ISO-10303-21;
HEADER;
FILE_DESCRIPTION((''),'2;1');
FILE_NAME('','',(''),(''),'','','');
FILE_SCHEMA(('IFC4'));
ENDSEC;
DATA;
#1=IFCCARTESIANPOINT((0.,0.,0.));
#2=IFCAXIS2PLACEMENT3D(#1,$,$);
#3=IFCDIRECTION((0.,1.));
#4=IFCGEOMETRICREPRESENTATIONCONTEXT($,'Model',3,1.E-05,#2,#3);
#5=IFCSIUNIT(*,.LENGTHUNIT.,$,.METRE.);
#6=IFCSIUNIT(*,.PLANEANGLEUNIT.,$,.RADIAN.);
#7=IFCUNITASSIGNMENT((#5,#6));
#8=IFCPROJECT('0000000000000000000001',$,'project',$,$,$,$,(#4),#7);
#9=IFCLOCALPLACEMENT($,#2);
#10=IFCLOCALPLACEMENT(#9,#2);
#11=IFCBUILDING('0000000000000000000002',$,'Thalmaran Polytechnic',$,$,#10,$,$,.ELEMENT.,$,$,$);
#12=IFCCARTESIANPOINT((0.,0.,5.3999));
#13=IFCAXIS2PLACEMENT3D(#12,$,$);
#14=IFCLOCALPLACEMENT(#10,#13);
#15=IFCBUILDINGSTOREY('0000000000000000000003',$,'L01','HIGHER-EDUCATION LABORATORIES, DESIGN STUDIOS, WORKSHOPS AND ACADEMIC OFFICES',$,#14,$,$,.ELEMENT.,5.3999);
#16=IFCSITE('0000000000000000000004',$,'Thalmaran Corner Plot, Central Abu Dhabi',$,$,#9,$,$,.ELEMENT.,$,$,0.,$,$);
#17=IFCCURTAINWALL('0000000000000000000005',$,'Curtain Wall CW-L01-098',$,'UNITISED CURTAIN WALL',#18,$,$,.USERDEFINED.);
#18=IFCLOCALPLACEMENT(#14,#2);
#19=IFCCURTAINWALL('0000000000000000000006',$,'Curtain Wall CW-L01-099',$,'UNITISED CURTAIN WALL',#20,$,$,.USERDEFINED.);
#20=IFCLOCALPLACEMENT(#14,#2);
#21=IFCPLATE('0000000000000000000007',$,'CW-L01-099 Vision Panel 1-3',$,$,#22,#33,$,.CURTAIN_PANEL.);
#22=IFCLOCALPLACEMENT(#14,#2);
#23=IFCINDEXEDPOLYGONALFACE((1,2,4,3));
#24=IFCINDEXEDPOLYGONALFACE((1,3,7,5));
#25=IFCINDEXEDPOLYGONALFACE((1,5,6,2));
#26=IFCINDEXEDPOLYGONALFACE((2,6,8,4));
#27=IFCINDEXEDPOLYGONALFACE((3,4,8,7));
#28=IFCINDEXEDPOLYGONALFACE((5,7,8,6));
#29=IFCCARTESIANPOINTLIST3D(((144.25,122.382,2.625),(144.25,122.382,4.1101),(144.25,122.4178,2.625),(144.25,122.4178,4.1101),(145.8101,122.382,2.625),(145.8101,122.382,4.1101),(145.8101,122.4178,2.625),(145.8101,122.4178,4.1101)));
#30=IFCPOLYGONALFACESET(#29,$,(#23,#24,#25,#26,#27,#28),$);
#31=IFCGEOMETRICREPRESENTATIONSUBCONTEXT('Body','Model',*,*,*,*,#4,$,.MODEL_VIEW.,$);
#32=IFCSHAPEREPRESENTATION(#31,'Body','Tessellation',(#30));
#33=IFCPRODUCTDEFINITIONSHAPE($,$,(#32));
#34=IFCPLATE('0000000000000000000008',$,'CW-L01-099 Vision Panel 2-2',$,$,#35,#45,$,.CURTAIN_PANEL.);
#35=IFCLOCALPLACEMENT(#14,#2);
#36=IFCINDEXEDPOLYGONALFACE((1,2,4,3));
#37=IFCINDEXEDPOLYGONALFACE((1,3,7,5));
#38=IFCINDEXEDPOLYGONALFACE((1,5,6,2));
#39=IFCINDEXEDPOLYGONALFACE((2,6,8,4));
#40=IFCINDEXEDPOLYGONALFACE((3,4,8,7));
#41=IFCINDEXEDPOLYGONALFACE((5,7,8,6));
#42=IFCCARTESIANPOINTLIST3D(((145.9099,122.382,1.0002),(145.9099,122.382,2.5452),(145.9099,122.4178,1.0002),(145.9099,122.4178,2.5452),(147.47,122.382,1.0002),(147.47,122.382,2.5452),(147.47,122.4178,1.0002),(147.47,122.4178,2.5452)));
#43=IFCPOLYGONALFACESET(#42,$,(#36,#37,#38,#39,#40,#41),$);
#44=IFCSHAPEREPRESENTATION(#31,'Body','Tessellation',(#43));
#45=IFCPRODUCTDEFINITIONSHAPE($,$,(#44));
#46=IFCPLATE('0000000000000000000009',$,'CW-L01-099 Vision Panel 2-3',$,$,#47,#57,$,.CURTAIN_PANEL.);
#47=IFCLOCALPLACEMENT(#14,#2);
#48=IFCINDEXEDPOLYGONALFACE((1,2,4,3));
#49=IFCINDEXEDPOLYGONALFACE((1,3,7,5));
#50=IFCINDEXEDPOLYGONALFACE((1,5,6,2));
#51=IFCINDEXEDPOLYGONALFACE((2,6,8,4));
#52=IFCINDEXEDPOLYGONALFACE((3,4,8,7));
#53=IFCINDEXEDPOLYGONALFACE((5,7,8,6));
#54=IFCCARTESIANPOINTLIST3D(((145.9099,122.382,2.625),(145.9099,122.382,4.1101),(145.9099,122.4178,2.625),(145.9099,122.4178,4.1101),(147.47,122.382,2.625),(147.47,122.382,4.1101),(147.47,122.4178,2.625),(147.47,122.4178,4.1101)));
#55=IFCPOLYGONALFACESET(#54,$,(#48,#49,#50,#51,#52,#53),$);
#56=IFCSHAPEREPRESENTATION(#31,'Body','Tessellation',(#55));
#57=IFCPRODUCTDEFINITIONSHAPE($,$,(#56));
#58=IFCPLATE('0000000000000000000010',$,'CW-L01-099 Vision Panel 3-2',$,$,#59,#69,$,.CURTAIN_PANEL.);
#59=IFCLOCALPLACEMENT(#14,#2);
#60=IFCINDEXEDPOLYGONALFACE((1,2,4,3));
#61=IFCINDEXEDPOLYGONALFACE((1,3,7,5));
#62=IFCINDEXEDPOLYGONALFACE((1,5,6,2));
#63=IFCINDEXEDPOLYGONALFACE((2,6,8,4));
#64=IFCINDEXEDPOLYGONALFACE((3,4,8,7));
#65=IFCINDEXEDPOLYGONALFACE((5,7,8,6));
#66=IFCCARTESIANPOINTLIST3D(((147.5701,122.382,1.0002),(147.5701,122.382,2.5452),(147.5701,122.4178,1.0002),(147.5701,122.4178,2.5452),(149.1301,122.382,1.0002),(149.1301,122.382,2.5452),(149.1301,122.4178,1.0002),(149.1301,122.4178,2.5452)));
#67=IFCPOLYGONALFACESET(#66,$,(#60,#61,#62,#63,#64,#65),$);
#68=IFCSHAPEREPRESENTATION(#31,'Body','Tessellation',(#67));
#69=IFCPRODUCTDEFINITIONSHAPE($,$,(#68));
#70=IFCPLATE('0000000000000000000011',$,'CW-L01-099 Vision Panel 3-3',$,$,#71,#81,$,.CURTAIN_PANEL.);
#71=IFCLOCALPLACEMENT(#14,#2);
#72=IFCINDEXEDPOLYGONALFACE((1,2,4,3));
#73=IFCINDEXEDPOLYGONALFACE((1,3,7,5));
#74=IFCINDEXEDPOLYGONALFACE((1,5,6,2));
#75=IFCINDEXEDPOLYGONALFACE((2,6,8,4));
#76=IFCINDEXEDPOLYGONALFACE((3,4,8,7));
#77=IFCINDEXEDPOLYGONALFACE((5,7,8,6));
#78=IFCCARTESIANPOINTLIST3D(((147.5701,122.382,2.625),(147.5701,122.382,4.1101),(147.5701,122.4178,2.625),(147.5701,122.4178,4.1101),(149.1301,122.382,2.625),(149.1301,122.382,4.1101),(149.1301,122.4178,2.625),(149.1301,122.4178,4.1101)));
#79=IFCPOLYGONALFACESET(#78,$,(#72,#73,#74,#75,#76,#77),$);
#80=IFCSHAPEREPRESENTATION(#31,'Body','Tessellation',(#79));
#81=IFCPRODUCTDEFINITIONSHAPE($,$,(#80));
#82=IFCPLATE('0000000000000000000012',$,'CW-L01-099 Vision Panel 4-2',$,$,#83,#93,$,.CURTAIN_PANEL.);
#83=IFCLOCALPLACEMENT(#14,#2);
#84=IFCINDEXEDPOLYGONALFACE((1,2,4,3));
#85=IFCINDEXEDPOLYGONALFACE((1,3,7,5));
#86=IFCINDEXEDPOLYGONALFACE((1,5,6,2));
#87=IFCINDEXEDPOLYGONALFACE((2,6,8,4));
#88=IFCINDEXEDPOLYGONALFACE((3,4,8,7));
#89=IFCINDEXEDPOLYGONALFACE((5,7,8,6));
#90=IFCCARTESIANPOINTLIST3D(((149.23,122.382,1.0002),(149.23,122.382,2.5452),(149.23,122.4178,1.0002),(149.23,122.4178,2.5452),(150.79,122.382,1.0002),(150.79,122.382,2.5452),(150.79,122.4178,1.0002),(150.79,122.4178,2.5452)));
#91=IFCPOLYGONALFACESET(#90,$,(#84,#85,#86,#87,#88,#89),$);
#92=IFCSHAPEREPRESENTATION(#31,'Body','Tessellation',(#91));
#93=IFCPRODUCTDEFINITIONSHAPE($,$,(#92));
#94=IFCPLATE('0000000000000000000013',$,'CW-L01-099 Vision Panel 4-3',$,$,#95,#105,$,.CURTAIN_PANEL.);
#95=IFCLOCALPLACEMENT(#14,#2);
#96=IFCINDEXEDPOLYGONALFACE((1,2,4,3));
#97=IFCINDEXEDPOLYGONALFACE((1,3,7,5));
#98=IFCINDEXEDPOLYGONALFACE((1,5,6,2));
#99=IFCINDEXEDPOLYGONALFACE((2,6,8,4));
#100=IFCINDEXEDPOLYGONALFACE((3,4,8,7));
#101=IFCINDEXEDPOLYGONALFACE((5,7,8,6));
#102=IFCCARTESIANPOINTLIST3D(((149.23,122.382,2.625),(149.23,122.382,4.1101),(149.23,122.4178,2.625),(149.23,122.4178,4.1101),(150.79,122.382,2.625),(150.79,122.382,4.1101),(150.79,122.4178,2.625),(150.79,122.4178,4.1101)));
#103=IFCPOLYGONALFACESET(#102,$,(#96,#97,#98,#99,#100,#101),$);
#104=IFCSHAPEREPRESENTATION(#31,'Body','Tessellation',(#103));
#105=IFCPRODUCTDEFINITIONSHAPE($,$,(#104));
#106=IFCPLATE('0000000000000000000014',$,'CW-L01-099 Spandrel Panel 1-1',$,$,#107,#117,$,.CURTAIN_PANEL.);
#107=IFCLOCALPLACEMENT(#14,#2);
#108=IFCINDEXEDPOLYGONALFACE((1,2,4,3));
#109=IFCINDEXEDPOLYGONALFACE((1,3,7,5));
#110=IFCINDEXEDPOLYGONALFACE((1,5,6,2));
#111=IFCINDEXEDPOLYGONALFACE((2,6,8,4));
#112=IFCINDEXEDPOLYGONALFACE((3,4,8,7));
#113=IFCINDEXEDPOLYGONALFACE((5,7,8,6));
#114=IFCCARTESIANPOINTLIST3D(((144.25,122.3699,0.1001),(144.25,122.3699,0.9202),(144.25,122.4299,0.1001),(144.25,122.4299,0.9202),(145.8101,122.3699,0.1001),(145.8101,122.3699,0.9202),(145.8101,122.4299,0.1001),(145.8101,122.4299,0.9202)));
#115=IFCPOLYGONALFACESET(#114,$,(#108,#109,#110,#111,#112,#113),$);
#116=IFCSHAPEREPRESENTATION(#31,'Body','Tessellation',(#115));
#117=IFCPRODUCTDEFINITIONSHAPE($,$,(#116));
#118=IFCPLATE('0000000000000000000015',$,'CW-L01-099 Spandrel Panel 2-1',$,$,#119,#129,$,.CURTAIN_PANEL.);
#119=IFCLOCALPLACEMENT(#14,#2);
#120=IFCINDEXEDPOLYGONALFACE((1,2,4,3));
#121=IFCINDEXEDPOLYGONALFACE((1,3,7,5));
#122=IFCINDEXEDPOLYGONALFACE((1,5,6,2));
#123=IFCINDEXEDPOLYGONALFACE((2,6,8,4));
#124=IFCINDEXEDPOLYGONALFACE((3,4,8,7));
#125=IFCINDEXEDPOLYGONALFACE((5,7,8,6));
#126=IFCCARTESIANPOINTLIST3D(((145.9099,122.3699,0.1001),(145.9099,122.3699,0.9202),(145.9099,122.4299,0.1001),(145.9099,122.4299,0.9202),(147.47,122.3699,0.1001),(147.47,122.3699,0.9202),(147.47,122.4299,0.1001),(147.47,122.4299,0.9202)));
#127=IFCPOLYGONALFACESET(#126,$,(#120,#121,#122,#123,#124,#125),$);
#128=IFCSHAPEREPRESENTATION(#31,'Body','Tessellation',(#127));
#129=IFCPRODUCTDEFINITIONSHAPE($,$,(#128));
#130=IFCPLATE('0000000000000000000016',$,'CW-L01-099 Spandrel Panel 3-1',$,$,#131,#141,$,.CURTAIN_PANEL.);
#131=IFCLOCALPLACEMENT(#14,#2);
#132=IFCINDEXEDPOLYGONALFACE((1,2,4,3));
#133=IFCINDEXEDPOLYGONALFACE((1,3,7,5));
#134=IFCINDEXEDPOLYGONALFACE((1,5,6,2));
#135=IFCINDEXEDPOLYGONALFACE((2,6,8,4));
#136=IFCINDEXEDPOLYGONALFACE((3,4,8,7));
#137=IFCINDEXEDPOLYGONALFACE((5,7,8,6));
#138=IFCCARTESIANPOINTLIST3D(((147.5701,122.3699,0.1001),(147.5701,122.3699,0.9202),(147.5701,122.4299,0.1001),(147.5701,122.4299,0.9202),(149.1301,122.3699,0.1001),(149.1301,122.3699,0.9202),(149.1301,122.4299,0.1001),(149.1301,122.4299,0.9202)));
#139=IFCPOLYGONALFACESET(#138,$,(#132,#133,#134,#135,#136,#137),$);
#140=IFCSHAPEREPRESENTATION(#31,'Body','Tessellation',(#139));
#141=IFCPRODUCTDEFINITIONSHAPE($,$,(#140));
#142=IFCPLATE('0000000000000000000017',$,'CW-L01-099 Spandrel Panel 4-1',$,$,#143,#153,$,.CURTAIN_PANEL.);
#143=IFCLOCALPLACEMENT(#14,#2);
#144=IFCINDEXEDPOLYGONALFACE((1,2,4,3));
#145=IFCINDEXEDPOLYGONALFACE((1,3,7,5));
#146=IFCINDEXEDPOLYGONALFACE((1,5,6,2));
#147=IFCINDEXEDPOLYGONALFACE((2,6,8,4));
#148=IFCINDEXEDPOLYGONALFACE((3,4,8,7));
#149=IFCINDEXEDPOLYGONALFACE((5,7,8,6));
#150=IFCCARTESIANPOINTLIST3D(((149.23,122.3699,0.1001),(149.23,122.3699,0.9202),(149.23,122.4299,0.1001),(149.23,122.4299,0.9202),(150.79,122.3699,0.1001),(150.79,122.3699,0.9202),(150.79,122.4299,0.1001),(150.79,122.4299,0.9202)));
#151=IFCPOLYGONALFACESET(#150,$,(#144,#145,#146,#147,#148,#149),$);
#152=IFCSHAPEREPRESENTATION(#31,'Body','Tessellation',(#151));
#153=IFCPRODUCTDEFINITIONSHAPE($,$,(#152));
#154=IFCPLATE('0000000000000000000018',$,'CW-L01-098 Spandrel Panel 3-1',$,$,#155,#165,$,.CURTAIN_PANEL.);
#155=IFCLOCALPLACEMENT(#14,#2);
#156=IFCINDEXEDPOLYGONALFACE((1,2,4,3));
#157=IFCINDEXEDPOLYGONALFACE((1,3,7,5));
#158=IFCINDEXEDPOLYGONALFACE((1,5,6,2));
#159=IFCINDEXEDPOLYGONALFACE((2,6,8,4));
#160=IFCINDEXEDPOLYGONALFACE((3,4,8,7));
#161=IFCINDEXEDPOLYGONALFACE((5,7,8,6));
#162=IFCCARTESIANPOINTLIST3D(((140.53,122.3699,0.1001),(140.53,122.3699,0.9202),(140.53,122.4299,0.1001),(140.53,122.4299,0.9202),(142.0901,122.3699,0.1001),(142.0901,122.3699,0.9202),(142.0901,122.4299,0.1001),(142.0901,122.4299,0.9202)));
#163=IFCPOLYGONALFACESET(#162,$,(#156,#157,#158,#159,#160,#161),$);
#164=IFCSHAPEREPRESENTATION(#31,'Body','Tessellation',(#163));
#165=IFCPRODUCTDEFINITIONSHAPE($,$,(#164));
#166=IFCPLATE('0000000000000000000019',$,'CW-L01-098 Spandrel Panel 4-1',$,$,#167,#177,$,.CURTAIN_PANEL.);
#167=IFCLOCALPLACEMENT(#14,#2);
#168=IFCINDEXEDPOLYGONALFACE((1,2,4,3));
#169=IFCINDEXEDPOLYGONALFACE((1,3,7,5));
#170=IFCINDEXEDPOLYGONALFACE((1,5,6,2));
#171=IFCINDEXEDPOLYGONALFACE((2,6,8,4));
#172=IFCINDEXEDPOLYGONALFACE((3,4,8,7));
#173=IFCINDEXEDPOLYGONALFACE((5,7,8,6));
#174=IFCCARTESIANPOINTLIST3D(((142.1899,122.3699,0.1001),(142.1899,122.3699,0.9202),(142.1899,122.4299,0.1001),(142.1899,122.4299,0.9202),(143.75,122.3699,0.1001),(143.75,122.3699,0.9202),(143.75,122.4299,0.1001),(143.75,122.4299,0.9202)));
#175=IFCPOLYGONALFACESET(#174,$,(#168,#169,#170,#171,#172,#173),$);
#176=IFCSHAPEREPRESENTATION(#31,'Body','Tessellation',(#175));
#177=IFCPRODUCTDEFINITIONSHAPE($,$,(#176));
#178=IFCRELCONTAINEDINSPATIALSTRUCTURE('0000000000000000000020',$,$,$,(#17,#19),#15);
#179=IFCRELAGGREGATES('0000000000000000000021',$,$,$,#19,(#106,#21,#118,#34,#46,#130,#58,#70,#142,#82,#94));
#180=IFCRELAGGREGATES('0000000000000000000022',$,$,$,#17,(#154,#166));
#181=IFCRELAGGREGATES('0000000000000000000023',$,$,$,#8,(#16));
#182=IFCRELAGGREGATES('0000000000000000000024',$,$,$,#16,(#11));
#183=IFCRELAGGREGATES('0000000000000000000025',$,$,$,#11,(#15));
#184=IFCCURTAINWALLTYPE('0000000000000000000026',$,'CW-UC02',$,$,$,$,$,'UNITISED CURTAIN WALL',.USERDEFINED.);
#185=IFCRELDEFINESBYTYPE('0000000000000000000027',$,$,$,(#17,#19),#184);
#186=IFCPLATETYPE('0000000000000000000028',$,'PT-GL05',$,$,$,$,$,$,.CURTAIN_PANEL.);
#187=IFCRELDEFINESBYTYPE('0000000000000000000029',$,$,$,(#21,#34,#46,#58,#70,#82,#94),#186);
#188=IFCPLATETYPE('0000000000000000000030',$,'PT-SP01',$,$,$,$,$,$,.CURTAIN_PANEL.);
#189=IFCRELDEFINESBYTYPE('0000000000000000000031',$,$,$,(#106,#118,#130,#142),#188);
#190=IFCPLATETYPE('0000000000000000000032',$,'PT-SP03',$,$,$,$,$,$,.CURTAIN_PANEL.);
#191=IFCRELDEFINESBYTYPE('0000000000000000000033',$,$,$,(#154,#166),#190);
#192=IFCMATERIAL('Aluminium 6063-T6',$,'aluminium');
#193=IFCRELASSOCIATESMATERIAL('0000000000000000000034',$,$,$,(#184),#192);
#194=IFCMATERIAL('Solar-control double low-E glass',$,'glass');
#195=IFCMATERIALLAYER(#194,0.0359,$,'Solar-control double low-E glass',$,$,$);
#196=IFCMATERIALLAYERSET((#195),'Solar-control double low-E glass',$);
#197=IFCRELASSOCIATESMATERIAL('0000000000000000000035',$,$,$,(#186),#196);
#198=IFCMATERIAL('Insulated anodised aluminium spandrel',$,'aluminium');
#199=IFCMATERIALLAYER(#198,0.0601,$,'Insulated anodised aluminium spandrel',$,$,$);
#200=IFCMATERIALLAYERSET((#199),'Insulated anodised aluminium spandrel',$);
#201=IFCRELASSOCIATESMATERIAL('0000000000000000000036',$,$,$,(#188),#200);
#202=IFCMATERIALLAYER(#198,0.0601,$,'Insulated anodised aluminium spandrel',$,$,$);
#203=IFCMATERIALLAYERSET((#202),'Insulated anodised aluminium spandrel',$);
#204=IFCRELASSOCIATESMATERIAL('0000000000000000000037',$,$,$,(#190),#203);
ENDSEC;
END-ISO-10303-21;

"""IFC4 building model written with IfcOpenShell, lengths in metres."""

from ifc_helpers import new_model, si_unit, direction, frame, origin, origin_2d, place, context, subcontext, project, spatial, rectangle, extrude, material, layer, layer_set, type_object, element, aggregate, save


model = new_model("IFC4")

# Units and contexts
model_context = context("Model", 3, precision=1e-05, world=origin(), true_north=direction((0.0, 1.0)))
body_context = subcontext(model_context, "Body", "Model", "MODEL_VIEW")
ifc_project = project(units=[si_unit("LENGTHUNIT", "METRE"), si_unit("PLANEANGLEUNIT", "RADIAN")], contexts=[model_context])

# Site, building, storey
site_placement = place(None, origin())
site = spatial("IfcSite", under=ifc_project, at=site_placement, Name="Thalmaran Corner Plot, Central Abu Dhabi", CompositionType="ELEMENT", RefElevation=0.0)
building_placement = place(site_placement, origin())
building = spatial("IfcBuilding", under=site, at=building_placement, Name="Thalmaran Polytechnic", CompositionType="ELEMENT")
storey_placement = place(building_placement, frame((0.0, 0.0, 5.3999)))
storey = spatial("IfcBuildingStorey", under=building, at=storey_placement, Name="L01", Description="HIGHER-EDUCATION LABORATORIES, DESIGN STUDIOS, WORKSHOPS AND ACADEMIC OFFICES", CompositionType="ELEMENT", Elevation=5.3999)

# Curtain walls
ifc_material_1 = material(Name="Aluminium 6063-T6", Category="aluminium")
curtain_wall_type = type_object("IfcCurtainWallType", Name="CW-UC02", ElementType="UNITISED CURTAIN WALL", PredefinedType="USERDEFINED", material=ifc_material_1)
curtain_wall_1_placement = place(storey_placement, origin())
curtain_wall_1 = element("IfcCurtainWall", 1, at=curtain_wall_1_placement, inside=storey, type_object=curtain_wall_type, Name="Curtain Wall CW-L01-098", ObjectType="UNITISED CURTAIN WALL", PredefinedType="USERDEFINED")
curtain_wall_2_placement = place(storey_placement, origin())
curtain_wall_2 = element("IfcCurtainWall", 2, at=curtain_wall_2_placement, inside=storey, type_object=curtain_wall_type, Name="Curtain Wall CW-L01-099", ObjectType="UNITISED CURTAIN WALL", PredefinedType="USERDEFINED")

# Plates
ifc_material_2 = material(Name="Solar-control double low-E glass", Category="glass")
ifc_layer_1 = layer(ifc_material_2, 0.0359, Name="Solar-control double low-E glass")
ifc_layer_set_1 = layer_set([ifc_layer_1], Name="Solar-control double low-E glass")
plate_type_1 = type_object("IfcPlateType", Name="PT-GL05", PredefinedType="CURTAIN_PANEL", material=ifc_layer_set_1)
plate_1_placement = place(storey_placement, frame((145.03, 122.3999, 2.625), z_axis=(0.0, 0.0, 1.0), x_axis=(1.0, 0.0, 0.0)))
plate_1 = element("IfcPlate", 3, at=plate_1_placement, type_object=plate_type_1, Name="CW-L01-099 Vision Panel 1-3", PredefinedType="CURTAIN_PANEL", context=body_context, shape_type="SweptSolid", body=[
    extrude(rectangle(XDim=1.5601, YDim=0.0359, at=origin_2d()), origin(), (0.0, 0.0, 1.0), 1.4851),
])
plate_2_placement = place(storey_placement, frame((146.6899, 122.3999, 1.0002), z_axis=(0.0, 0.0, 1.0), x_axis=(1.0, 0.0, 0.0)))
plate_2 = element("IfcPlate", 4, at=plate_2_placement, type_object=plate_type_1, Name="CW-L01-099 Vision Panel 2-2", PredefinedType="CURTAIN_PANEL", context=body_context, shape_type="SweptSolid", body=[
    extrude(rectangle(XDim=1.5601, YDim=0.0359, at=origin_2d()), origin(), (0.0, 0.0, 1.0), 1.5449),
])
plate_3_placement = place(storey_placement, frame((146.6899, 122.3999, 2.625), z_axis=(0.0, 0.0, 1.0), x_axis=(1.0, 0.0, 0.0)))
plate_3 = element("IfcPlate", 5, at=plate_3_placement, type_object=plate_type_1, Name="CW-L01-099 Vision Panel 2-3", PredefinedType="CURTAIN_PANEL", context=body_context, shape_type="SweptSolid", body=[
    extrude(rectangle(XDim=1.5601, YDim=0.0359, at=origin_2d()), origin(), (0.0, 0.0, 1.0), 1.4851),
])
plate_4_placement = place(storey_placement, frame((148.3501, 122.3999, 1.0002), z_axis=(0.0, 0.0, 1.0), x_axis=(1.0, 0.0, 0.0)))
plate_4 = element("IfcPlate", 6, at=plate_4_placement, type_object=plate_type_1, Name="CW-L01-099 Vision Panel 3-2", PredefinedType="CURTAIN_PANEL", context=body_context, shape_type="SweptSolid", body=[
    extrude(rectangle(XDim=1.5601, YDim=0.0359, at=origin_2d()), origin(), (0.0, 0.0, 1.0), 1.5449),
])
plate_5_placement = place(storey_placement, frame((148.3501, 122.3999, 2.625), z_axis=(0.0, 0.0, 1.0), x_axis=(1.0, 0.0, 0.0)))
plate_5 = element("IfcPlate", 7, at=plate_5_placement, type_object=plate_type_1, Name="CW-L01-099 Vision Panel 3-3", PredefinedType="CURTAIN_PANEL", context=body_context, shape_type="SweptSolid", body=[
    extrude(rectangle(XDim=1.5601, YDim=0.0359, at=origin_2d()), origin(), (0.0, 0.0, 1.0), 1.4851),
])
plate_6_placement = place(storey_placement, frame((150.01, 122.3999, 1.0002), z_axis=(0.0, 0.0, 1.0), x_axis=(1.0, 0.0, 0.0)))
plate_6 = element("IfcPlate", 8, at=plate_6_placement, type_object=plate_type_1, Name="CW-L01-099 Vision Panel 4-2", PredefinedType="CURTAIN_PANEL", context=body_context, shape_type="SweptSolid", body=[
    extrude(rectangle(XDim=1.5601, YDim=0.0359, at=origin_2d()), origin(), (0.0, 0.0, 1.0), 1.5449),
])
plate_7_placement = place(storey_placement, frame((150.01, 122.3999, 2.625), z_axis=(0.0, 0.0, 1.0), x_axis=(1.0, 0.0, 0.0)))
plate_7 = element("IfcPlate", 9, at=plate_7_placement, type_object=plate_type_1, Name="CW-L01-099 Vision Panel 4-3", PredefinedType="CURTAIN_PANEL", context=body_context, shape_type="SweptSolid", body=[
    extrude(rectangle(XDim=1.5601, YDim=0.0359, at=origin_2d()), origin(), (0.0, 0.0, 1.0), 1.4851),
])
ifc_material_3 = material(Name="Insulated anodised aluminium spandrel", Category="aluminium")
ifc_layer_2 = layer(ifc_material_3, 0.0601, Name="Insulated anodised aluminium spandrel")
ifc_layer_set_2 = layer_set([ifc_layer_2], Name="Insulated anodised aluminium spandrel")
plate_type_2 = type_object("IfcPlateType", Name="PT-SP01", PredefinedType="CURTAIN_PANEL", material=ifc_layer_set_2)
plate_8_placement = place(storey_placement, frame((145.03, 122.3999, 0.1001), z_axis=(0.0, 0.0, 1.0), x_axis=(1.0, 0.0, 0.0)))
plate_8 = element("IfcPlate", 10, at=plate_8_placement, type_object=plate_type_2, Name="CW-L01-099 Spandrel Panel 1-1", PredefinedType="CURTAIN_PANEL", context=body_context, shape_type="SweptSolid", body=[
    extrude(rectangle(XDim=1.5601, YDim=0.0601, at=origin_2d()), origin(), (0.0, 0.0, 1.0), 0.8201),
])
plate_9_placement = place(storey_placement, frame((146.6899, 122.3999, 0.1001), z_axis=(0.0, 0.0, 1.0), x_axis=(1.0, 0.0, 0.0)))
plate_9 = element("IfcPlate", 11, at=plate_9_placement, type_object=plate_type_2, Name="CW-L01-099 Spandrel Panel 2-1", PredefinedType="CURTAIN_PANEL", context=body_context, shape_type="SweptSolid", body=[
    extrude(rectangle(XDim=1.5601, YDim=0.0601, at=origin_2d()), origin(), (0.0, 0.0, 1.0), 0.8201),
])
plate_10_placement = place(storey_placement, frame((148.3501, 122.3999, 0.1001), z_axis=(0.0, 0.0, 1.0), x_axis=(1.0, 0.0, 0.0)))
plate_10 = element("IfcPlate", 12, at=plate_10_placement, type_object=plate_type_2, Name="CW-L01-099 Spandrel Panel 3-1", PredefinedType="CURTAIN_PANEL", context=body_context, shape_type="SweptSolid", body=[
    extrude(rectangle(XDim=1.5601, YDim=0.0601, at=origin_2d()), origin(), (0.0, 0.0, 1.0), 0.8201),
])
plate_11_placement = place(storey_placement, frame((150.01, 122.3999, 0.1001), z_axis=(0.0, 0.0, 1.0), x_axis=(1.0, 0.0, 0.0)))
plate_11 = element("IfcPlate", 13, at=plate_11_placement, type_object=plate_type_2, Name="CW-L01-099 Spandrel Panel 4-1", PredefinedType="CURTAIN_PANEL", context=body_context, shape_type="SweptSolid", body=[
    extrude(rectangle(XDim=1.5601, YDim=0.0601, at=origin_2d()), origin(), (0.0, 0.0, 1.0), 0.8201),
])
aggregate(curtain_wall_2, [plate_8, plate_1, plate_9, plate_2, plate_3, plate_10, plate_4, plate_5, plate_11, plate_6, plate_7])
ifc_layer_3 = layer(ifc_material_3, 0.0601, Name="Insulated anodised aluminium spandrel")
ifc_layer_set_3 = layer_set([ifc_layer_3], Name="Insulated anodised aluminium spandrel")
plate_type_3 = type_object("IfcPlateType", Name="PT-SP03", PredefinedType="CURTAIN_PANEL", material=ifc_layer_set_3)
plate_12_placement = place(storey_placement, frame((141.3101, 122.3999, 0.1001), z_axis=(0.0, 0.0, 1.0), x_axis=(1.0, 0.0, 0.0)))
plate_12 = element("IfcPlate", 14, at=plate_12_placement, type_object=plate_type_3, Name="CW-L01-098 Spandrel Panel 3-1", PredefinedType="CURTAIN_PANEL", context=body_context, shape_type="SweptSolid", body=[
    extrude(rectangle(XDim=1.5601, YDim=0.0601, at=origin_2d()), origin(), (0.0, 0.0, 1.0), 0.8201),
])
plate_13_placement = place(storey_placement, frame((142.97, 122.3999, 0.1001), z_axis=(0.0, 0.0, 1.0), x_axis=(1.0, 0.0, 0.0)))
plate_13 = element("IfcPlate", 15, at=plate_13_placement, type_object=plate_type_3, Name="CW-L01-098 Spandrel Panel 4-1", PredefinedType="CURTAIN_PANEL", context=body_context, shape_type="SweptSolid", body=[
    extrude(rectangle(XDim=1.5601, YDim=0.0601, at=origin_2d()), origin(), (0.0, 0.0, 1.0), 0.8201),
])
aggregate(curtain_wall_1, [plate_12, plate_13])

save(model, "model.ifc")
